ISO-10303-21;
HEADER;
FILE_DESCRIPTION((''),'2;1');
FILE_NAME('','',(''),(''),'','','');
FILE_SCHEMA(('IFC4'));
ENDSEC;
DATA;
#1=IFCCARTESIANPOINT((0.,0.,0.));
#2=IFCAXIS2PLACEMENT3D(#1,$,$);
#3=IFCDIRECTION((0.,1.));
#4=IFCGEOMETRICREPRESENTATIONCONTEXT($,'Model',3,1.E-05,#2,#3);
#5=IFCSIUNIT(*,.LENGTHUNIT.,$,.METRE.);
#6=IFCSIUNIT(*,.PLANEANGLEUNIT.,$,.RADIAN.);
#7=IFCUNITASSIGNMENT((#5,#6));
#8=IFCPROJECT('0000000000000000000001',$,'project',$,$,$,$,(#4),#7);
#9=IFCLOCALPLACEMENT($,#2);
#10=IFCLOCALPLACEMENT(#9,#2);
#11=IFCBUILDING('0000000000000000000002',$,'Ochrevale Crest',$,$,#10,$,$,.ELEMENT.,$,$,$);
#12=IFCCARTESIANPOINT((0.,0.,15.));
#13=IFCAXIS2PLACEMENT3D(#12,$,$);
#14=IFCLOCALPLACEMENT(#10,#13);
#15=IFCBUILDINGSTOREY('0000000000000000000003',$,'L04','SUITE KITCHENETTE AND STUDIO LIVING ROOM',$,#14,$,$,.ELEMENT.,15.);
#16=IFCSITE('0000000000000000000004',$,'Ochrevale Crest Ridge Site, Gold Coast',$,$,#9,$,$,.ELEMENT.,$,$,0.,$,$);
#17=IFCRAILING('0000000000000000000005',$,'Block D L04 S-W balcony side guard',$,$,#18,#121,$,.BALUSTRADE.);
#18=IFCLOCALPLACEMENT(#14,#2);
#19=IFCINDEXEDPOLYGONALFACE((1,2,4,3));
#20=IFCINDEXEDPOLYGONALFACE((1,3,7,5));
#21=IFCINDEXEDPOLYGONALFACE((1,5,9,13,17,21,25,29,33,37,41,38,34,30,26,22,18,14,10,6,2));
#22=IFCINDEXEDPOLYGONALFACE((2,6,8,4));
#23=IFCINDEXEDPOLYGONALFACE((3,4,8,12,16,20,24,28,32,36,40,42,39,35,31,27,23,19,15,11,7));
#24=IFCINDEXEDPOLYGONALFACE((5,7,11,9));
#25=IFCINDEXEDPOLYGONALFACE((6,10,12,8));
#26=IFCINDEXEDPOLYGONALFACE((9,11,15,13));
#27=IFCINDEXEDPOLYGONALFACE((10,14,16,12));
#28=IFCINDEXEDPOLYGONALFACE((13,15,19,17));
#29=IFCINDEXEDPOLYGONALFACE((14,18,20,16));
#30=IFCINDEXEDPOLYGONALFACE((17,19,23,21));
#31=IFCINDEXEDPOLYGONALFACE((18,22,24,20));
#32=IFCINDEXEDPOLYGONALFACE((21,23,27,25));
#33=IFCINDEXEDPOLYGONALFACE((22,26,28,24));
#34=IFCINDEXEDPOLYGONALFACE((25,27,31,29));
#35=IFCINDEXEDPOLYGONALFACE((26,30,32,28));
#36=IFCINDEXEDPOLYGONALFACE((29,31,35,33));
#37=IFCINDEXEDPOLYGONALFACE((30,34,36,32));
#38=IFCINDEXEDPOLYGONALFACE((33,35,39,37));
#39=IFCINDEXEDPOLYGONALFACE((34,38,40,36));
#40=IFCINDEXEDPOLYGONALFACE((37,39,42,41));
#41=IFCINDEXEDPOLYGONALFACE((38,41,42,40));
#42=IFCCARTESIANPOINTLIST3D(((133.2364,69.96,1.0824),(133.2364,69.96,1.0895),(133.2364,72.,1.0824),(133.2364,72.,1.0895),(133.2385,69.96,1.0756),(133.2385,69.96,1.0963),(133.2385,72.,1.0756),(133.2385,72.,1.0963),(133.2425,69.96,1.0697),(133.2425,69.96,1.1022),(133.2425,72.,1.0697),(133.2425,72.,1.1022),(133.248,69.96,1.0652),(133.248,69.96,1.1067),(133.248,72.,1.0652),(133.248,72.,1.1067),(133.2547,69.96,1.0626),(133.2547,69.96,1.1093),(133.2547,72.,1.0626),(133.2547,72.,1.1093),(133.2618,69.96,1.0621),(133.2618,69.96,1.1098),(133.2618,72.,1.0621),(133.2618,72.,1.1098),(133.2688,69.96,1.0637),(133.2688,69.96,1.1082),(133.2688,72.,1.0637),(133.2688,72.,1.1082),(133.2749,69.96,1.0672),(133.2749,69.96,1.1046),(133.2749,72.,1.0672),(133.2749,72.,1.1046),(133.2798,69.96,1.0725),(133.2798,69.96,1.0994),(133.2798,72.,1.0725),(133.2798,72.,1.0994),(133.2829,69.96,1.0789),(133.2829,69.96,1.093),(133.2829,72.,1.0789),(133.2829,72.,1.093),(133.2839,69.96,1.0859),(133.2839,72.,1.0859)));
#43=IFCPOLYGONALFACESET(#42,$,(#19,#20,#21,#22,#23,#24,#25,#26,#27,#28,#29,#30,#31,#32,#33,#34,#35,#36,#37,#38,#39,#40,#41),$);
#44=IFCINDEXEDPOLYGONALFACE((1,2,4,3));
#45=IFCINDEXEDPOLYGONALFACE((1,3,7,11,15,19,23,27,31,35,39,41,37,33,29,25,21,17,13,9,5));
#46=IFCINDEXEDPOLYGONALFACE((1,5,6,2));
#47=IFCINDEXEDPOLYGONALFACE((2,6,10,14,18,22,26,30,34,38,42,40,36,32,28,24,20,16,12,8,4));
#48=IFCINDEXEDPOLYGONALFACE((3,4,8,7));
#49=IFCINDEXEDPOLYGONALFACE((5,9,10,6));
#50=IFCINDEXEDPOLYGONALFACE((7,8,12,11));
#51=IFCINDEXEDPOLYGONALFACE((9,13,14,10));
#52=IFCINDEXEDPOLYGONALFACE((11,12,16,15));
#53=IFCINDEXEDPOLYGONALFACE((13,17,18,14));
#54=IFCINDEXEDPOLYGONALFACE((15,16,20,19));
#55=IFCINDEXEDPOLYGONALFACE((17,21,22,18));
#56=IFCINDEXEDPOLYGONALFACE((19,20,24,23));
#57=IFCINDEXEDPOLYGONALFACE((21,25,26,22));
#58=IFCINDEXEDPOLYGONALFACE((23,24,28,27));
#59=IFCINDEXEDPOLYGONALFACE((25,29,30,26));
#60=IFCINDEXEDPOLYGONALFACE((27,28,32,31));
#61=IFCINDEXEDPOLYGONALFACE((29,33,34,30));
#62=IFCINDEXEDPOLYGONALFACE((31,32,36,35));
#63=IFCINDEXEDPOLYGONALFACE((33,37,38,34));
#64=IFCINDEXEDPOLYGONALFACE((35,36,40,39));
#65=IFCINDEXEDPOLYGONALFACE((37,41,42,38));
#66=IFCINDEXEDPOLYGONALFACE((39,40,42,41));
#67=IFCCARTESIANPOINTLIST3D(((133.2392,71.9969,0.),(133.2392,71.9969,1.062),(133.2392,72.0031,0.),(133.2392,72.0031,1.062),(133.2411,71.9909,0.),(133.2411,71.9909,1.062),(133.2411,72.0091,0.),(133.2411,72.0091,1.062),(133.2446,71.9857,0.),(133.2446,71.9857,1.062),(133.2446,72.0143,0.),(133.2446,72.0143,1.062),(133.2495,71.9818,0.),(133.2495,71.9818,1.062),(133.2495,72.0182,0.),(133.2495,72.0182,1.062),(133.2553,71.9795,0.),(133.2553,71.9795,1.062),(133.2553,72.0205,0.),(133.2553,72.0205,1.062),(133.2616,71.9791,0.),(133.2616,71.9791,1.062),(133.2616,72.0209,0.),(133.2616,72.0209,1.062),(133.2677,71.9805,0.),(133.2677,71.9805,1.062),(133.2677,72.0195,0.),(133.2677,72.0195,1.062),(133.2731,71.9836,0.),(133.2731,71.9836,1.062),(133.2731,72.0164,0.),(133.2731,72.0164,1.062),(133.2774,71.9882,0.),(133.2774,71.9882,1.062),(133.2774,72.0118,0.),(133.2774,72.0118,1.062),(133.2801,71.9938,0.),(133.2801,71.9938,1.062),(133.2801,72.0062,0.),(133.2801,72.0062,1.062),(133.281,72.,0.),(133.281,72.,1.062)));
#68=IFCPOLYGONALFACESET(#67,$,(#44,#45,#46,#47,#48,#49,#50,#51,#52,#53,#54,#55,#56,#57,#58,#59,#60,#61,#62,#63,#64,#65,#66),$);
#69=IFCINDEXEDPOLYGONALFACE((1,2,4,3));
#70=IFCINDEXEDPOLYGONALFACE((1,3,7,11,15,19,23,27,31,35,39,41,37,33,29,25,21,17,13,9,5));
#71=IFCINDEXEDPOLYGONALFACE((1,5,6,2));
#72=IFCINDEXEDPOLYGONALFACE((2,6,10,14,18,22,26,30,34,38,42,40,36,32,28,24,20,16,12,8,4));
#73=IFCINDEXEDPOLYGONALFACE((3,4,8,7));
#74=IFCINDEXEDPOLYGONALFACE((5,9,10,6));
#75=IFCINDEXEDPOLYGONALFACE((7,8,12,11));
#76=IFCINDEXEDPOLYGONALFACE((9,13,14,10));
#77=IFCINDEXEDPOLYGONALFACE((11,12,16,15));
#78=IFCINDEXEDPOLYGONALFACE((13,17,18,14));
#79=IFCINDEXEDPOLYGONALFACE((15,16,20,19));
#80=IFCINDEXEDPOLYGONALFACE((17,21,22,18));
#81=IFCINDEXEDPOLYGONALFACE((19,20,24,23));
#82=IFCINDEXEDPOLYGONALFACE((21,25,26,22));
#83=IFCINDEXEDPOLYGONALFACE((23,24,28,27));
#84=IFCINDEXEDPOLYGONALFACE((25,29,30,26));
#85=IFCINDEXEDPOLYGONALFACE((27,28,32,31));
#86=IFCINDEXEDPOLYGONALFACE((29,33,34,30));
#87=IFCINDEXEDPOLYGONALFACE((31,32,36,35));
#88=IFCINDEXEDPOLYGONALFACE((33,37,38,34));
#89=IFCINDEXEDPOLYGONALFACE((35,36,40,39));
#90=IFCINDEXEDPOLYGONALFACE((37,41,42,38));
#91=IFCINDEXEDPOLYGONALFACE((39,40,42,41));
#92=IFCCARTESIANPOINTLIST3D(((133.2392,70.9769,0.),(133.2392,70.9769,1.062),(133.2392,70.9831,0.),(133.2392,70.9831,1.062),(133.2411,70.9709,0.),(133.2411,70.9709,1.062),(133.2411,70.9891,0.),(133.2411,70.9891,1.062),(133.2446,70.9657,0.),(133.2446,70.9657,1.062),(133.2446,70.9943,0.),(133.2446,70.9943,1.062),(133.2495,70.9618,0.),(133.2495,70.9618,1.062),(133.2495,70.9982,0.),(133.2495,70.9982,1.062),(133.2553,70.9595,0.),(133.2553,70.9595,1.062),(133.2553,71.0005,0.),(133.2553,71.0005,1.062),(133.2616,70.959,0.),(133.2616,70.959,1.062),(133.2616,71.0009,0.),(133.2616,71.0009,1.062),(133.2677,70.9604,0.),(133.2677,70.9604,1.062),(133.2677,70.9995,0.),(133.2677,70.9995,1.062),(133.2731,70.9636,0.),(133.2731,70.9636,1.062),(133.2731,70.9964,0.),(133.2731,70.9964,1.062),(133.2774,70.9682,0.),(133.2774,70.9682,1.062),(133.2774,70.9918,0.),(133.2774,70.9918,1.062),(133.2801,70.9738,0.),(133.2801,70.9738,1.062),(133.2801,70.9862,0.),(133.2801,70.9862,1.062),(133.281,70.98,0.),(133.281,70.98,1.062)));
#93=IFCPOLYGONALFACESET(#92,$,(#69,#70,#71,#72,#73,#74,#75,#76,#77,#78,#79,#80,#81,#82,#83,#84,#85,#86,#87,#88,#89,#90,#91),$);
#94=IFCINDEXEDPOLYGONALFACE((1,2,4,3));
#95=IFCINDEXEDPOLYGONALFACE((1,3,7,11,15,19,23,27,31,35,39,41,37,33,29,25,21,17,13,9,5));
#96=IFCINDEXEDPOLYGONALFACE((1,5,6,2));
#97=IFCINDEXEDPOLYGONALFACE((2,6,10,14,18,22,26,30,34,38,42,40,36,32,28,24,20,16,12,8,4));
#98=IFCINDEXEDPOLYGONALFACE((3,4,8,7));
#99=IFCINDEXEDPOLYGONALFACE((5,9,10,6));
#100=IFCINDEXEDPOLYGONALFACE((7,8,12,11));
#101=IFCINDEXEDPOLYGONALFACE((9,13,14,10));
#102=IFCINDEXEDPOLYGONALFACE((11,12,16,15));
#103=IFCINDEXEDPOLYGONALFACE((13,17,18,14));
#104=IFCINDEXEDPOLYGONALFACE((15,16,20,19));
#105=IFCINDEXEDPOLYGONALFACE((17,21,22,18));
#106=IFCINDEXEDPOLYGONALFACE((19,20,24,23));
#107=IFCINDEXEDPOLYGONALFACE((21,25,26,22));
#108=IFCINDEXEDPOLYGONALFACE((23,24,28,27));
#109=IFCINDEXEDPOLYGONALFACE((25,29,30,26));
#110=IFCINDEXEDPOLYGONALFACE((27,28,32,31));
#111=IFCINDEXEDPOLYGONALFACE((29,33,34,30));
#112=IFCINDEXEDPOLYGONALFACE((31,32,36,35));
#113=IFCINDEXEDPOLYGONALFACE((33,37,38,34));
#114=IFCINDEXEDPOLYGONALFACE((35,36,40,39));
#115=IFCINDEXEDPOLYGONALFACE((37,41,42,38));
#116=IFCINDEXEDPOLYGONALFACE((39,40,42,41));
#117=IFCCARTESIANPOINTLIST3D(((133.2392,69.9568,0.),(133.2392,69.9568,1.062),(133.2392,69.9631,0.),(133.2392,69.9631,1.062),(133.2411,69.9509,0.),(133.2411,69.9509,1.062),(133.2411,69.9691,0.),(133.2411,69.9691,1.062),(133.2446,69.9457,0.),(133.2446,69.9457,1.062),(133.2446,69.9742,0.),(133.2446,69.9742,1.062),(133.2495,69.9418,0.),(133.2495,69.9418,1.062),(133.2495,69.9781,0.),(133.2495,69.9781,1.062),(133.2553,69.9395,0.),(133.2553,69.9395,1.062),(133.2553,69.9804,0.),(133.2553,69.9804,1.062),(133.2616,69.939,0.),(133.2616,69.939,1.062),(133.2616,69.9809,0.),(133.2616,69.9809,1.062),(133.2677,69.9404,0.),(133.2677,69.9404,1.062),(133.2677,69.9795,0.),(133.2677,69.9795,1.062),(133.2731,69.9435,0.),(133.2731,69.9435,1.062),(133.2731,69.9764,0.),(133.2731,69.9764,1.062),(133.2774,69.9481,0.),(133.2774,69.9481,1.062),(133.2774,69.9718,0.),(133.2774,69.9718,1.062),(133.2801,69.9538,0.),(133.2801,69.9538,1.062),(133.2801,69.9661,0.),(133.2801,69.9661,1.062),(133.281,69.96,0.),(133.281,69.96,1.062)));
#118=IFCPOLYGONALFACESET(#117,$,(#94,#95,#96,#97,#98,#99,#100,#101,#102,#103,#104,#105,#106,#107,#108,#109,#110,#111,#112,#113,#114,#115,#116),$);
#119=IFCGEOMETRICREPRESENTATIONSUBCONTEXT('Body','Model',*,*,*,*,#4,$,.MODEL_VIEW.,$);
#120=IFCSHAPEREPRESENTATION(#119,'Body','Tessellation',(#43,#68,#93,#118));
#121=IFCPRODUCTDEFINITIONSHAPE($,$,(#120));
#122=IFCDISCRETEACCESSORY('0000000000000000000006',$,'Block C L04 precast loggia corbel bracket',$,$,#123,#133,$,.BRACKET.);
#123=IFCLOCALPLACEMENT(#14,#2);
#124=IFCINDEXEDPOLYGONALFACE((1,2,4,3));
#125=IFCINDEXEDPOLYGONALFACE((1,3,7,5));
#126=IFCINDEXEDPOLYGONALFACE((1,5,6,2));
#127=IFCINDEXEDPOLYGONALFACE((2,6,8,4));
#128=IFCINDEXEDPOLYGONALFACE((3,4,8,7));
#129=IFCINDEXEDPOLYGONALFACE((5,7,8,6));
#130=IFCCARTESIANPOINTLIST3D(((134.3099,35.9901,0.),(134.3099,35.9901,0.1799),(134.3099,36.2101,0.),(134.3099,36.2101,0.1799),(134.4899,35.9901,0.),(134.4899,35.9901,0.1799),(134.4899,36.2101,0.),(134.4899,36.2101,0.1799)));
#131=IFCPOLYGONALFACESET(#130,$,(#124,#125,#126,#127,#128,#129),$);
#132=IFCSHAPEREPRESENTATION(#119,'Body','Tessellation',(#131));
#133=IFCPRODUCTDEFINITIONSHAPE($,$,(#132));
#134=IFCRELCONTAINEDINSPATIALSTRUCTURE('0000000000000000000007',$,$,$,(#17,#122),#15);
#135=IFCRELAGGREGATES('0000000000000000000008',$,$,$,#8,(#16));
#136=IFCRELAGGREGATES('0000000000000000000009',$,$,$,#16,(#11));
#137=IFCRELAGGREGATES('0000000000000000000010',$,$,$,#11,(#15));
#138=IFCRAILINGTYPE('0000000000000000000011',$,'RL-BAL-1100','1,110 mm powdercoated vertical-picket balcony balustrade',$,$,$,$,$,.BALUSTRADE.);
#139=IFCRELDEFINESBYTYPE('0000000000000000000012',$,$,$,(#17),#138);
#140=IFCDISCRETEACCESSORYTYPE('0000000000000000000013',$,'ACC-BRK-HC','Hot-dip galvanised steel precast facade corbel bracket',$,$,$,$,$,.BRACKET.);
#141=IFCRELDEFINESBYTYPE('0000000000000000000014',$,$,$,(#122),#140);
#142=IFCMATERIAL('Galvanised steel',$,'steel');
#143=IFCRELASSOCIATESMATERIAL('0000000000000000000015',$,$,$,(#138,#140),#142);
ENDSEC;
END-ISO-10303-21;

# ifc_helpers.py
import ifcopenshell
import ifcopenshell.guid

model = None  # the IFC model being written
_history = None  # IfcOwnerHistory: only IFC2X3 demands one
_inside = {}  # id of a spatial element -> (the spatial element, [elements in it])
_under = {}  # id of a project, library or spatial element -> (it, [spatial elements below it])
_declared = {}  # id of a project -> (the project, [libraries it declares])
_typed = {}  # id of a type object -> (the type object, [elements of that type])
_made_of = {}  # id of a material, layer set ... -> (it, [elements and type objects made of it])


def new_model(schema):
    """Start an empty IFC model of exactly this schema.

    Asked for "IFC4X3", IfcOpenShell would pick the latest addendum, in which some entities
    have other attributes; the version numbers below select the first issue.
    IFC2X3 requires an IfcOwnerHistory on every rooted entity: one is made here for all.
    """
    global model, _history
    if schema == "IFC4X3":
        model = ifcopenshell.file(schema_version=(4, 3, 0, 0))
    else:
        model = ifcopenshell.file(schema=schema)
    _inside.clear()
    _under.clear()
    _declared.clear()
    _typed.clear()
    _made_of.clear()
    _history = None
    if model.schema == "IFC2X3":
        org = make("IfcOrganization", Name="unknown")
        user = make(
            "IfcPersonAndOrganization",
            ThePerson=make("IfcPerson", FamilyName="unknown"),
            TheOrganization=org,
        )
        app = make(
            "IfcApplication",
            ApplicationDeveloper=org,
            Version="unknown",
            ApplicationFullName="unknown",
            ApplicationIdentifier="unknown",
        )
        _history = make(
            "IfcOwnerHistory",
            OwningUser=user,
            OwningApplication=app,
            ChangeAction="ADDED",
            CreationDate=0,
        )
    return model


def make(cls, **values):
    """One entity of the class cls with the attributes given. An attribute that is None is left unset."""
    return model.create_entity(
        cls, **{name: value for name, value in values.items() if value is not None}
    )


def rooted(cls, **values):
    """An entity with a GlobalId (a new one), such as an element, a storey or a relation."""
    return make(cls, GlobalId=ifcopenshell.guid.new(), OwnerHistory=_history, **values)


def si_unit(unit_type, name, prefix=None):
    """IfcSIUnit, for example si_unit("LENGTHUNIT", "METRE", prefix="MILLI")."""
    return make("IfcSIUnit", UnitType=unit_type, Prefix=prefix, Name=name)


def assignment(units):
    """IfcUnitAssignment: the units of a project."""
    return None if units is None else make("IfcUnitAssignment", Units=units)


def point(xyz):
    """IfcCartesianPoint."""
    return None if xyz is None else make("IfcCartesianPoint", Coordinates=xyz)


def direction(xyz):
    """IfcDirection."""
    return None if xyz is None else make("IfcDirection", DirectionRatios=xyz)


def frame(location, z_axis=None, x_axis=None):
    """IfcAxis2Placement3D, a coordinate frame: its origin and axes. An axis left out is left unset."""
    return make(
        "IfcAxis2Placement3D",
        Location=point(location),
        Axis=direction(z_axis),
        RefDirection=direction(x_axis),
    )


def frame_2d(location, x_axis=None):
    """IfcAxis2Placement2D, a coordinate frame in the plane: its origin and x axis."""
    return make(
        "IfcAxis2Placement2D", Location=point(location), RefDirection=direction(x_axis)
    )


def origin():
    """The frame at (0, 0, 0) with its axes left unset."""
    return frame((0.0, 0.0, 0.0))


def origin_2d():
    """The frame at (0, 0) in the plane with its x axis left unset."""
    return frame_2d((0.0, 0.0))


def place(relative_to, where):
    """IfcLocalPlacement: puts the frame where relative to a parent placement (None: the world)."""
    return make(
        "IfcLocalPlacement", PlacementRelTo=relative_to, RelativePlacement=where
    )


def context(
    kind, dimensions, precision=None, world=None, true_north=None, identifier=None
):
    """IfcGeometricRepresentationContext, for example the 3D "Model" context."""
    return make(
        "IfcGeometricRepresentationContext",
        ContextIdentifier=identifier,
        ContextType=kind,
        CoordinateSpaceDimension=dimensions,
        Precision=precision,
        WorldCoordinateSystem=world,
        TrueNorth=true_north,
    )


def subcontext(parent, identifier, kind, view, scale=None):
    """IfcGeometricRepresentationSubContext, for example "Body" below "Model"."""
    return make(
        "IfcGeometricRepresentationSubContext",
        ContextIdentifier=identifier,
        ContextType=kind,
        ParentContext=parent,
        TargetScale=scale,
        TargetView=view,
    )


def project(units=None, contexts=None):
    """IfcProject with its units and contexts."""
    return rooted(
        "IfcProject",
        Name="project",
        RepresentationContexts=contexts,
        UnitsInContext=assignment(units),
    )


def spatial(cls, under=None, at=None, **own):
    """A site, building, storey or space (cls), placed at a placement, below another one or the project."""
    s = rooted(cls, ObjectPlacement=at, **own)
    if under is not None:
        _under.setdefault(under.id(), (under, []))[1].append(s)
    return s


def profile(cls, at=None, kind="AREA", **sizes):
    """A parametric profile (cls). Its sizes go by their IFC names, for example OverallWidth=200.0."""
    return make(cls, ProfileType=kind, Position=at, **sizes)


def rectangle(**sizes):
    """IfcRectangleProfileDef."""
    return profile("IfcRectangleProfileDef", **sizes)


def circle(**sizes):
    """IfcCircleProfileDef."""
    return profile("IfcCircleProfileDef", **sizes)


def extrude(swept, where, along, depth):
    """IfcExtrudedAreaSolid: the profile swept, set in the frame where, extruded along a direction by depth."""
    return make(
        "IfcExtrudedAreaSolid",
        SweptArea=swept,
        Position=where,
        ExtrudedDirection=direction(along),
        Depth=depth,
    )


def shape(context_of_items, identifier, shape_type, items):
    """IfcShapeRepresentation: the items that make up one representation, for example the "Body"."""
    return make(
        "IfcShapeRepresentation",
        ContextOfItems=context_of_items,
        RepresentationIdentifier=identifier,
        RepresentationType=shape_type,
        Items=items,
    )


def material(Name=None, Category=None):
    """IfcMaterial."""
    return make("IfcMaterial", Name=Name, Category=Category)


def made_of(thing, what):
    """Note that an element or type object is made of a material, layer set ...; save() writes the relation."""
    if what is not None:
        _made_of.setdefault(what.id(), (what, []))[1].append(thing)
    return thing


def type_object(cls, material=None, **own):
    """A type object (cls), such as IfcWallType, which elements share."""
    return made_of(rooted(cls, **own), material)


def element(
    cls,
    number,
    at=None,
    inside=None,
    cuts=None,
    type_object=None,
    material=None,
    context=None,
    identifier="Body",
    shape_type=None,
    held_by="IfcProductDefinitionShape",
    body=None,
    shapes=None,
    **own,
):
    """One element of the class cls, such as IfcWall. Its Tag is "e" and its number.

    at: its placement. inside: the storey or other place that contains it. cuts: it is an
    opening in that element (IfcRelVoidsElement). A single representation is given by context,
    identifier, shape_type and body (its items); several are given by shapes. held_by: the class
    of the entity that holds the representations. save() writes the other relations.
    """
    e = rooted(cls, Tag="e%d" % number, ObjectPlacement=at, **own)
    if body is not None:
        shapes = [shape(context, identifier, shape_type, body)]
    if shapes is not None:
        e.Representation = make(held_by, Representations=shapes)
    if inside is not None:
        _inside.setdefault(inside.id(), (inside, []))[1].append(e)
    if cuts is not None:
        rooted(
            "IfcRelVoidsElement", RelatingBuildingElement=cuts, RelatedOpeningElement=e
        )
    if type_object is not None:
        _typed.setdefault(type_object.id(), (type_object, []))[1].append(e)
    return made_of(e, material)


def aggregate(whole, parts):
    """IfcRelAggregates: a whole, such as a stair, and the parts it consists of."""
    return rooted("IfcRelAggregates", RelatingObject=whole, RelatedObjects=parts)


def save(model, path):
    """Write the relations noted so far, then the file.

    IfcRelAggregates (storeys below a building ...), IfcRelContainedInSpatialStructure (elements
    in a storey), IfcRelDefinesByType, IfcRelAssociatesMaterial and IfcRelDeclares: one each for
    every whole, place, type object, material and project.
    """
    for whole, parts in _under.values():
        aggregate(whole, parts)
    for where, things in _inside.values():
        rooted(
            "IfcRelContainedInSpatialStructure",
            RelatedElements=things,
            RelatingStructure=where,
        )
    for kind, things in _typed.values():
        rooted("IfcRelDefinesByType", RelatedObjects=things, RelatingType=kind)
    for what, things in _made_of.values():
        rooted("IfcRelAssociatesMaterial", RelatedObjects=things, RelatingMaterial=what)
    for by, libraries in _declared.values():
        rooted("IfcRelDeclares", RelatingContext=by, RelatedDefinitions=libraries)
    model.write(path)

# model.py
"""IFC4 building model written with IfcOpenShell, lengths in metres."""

from ifc_helpers import new_model, si_unit, direction, frame, origin, origin_2d, place, context, subcontext, project, spatial, rectangle, circle, extrude, material, type_object, element, save


model = new_model("IFC4")

# Units and contexts
model_context = context("Model", 3, precision=1e-05, world=origin(), true_north=direction((0.0, 1.0)))
body_context = subcontext(model_context, "Body", "Model", "MODEL_VIEW")
ifc_project = project(units=[si_unit("LENGTHUNIT", "METRE"), si_unit("PLANEANGLEUNIT", "RADIAN")], contexts=[model_context])

# Site, building, storey
site_placement = place(None, origin())
site = spatial("IfcSite", under=ifc_project, at=site_placement, Name="Ochrevale Crest Ridge Site, Gold Coast", CompositionType="ELEMENT", RefElevation=0.0)
building_placement = place(site_placement, origin())
building = spatial("IfcBuilding", under=site, at=building_placement, Name="Ochrevale Crest", CompositionType="ELEMENT")
storey_placement = place(building_placement, frame((0.0, 0.0, 15.0)))
storey = spatial("IfcBuildingStorey", under=building, at=storey_placement, Name="L04", Description="SUITE KITCHENETTE AND STUDIO LIVING ROOM", CompositionType="ELEMENT", Elevation=15.0)

# Railing
ifc_material_1 = material(Name="Galvanised steel", Category="steel")
railing_type = type_object("IfcRailingType", Name="RL-BAL-1100", Description="1,110 mm powdercoated vertical-picket balcony balustrade", PredefinedType="BALUSTRADE", material=ifc_material_1)
railing_1_placement = place(storey_placement, frame((133.26, 72.0, 0.0)))
element("IfcRailing", 1, at=railing_1_placement, inside=storey, type_object=railing_type, Name="Block D L04 S-W balcony side guard", PredefinedType="BALUSTRADE", context=body_context, shape_type="SweptSolid", body=[
    extrude(circle(Radius=0.0239, at=origin_2d()), frame((0.0, 0.0, 1.0859), z_axis=(0.0, -1.0, 0.0), x_axis=(1.0, 0.0, 0.0)), (0.0, 0.0, 1.0), 2.04),
    extrude(circle(Radius=0.021, at=origin_2d()), origin(), (0.0, 0.0, 1.0), 1.062),
    extrude(circle(Radius=0.021, at=origin_2d()), frame((0.0, -1.02, 0.0)), (0.0, 0.0, 1.0), 1.062),
    extrude(circle(Radius=0.021, at=origin_2d()), frame((0.0, -2.04, 0.0)), (0.0, 0.0, 1.0), 1.062),
])

# Discrete accessory
discrete_accessory_type = type_object("IfcDiscreteAccessoryType", Name="ACC-BRK-HC", Description="Hot-dip galvanised steel precast facade corbel bracket", PredefinedType="BRACKET", material=ifc_material_1)
discrete_accessory_placement = place(storey_placement, frame((134.3999, 36.1001, 0.0), z_axis=(0.0, 0.0, 1.0), x_axis=(1.0, 0.0, 0.0)))
element("IfcDiscreteAccessory", 2, at=discrete_accessory_placement, inside=storey, type_object=discrete_accessory_type, Name="Block C L04 precast loggia corbel bracket", PredefinedType="BRACKET", context=body_context, shape_type="SweptSolid", body=[
    extrude(rectangle(XDim=0.1799, YDim=0.22, at=origin_2d()), origin(), (0.0, 0.0, 1.0), 0.1799),
])

save(model, "model.ifc")
